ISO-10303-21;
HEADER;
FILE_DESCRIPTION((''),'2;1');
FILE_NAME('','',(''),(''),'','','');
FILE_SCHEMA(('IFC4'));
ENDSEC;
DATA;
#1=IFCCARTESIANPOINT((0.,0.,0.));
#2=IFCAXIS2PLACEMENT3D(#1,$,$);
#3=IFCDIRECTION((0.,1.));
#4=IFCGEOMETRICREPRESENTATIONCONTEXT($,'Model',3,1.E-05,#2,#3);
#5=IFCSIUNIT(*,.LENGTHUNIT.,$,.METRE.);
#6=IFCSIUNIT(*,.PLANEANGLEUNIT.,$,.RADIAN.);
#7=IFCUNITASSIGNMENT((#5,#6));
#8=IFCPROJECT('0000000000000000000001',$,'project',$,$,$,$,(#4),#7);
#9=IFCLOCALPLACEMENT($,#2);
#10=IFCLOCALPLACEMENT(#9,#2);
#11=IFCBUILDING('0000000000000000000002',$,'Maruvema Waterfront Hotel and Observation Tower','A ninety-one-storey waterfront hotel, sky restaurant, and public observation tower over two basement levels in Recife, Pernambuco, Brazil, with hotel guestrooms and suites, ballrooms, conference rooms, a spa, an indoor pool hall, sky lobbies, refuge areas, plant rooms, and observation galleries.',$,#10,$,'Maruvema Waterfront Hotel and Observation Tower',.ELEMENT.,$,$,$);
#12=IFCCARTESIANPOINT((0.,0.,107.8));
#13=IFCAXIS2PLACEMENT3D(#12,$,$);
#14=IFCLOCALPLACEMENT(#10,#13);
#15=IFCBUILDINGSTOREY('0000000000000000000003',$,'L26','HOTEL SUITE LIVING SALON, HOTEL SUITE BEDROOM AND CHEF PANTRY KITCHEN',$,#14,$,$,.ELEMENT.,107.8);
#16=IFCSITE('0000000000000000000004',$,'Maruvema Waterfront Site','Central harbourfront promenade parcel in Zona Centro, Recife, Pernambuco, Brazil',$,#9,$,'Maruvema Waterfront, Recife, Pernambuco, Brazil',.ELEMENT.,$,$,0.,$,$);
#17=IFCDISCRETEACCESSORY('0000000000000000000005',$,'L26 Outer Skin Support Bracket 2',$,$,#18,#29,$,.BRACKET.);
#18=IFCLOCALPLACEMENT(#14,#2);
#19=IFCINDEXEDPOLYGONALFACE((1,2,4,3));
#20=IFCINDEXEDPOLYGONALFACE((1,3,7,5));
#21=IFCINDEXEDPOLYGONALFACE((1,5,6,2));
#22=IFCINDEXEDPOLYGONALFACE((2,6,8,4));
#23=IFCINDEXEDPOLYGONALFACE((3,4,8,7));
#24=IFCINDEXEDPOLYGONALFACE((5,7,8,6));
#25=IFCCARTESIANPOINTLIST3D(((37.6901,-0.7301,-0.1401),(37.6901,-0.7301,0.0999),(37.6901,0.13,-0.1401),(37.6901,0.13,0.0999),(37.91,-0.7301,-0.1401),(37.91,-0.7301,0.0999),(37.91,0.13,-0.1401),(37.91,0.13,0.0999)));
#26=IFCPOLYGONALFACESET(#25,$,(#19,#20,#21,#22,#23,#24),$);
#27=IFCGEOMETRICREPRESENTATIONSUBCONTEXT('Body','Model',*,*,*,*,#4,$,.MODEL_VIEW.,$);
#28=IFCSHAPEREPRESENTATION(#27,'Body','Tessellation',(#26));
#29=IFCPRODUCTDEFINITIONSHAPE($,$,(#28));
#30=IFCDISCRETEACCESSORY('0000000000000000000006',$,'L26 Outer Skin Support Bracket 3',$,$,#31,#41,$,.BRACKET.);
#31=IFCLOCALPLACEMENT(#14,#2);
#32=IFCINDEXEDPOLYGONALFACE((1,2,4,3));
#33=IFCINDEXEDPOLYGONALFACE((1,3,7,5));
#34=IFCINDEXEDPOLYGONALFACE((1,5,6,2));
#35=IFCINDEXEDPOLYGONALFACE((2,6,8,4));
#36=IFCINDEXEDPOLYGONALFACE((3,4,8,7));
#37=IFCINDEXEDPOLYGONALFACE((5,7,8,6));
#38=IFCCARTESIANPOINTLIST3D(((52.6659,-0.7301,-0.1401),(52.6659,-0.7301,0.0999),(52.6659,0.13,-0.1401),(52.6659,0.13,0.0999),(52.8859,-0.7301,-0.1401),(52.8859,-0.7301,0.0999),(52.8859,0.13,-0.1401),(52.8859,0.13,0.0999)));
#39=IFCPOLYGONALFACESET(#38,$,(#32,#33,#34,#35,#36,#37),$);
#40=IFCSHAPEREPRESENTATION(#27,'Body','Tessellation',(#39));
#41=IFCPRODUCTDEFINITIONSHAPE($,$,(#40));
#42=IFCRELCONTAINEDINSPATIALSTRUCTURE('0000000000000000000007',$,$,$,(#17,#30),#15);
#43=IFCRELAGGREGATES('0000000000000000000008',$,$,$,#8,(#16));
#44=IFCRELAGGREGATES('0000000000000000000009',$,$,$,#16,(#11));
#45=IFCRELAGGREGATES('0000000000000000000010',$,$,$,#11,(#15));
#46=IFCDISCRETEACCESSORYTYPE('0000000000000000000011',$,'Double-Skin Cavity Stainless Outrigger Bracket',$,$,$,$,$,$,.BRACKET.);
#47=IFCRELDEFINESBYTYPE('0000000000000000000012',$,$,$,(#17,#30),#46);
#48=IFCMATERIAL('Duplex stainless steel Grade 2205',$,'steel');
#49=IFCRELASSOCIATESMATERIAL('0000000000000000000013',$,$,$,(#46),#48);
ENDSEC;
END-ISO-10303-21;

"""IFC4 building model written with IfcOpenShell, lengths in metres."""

from ifc_helpers import new_model, si_unit, direction, frame, origin, origin_2d, place, context, subcontext, project, spatial, rectangle, extrude, material, type_object, element, save


model = new_model("IFC4")

# Units and contexts
model_context = context("Model", 3, precision=1e-05, world=origin(), true_north=direction((0.0, 1.0)))
body_context = subcontext(model_context, "Body", "Model", "MODEL_VIEW")
ifc_project = project(units=[si_unit("LENGTHUNIT", "METRE"), si_unit("PLANEANGLEUNIT", "RADIAN")], contexts=[model_context])

# Site, building, storey
site_placement = place(None, origin())
site = spatial("IfcSite", under=ifc_project, at=site_placement, Name="Maruvema Waterfront Site", Description="Central harbourfront promenade parcel in Zona Centro, Recife, Pernambuco, Brazil", LongName="Maruvema Waterfront, Recife, Pernambuco, Brazil", CompositionType="ELEMENT", RefElevation=0.0)
building_placement = place(site_placement, origin())
building = spatial("IfcBuilding", under=site, at=building_placement, Name="Maruvema Waterfront Hotel and Observation Tower", Description="A ninety-one-storey waterfront hotel, sky restaurant, and public observation tower over two basement levels in Recife, Pernambuco, Brazil, with hotel guestrooms and suites, ballrooms, conference rooms, a spa, an indoor pool hall, sky lobbies, refuge areas, plant rooms, and observation galleries.", LongName="Maruvema Waterfront Hotel and Observation Tower", CompositionType="ELEMENT")
storey_placement = place(building_placement, frame((0.0, 0.0, 107.8)))
storey = spatial("IfcBuildingStorey", under=building, at=storey_placement, Name="L26", Description="HOTEL SUITE LIVING SALON, HOTEL SUITE BEDROOM AND CHEF PANTRY KITCHEN", CompositionType="ELEMENT", Elevation=107.8)

# Discrete accessories
ifc_material_1 = material(Name="Duplex stainless steel Grade 2205", Category="steel")
discrete_accessory_type = type_object("IfcDiscreteAccessoryType", Name="Double-Skin Cavity Stainless Outrigger Bracket", PredefinedType="BRACKET", material=ifc_material_1)
for number, where, z_axis, x_axis, name in (
    (1, (37.8, -0.3, -0.1401), (0.0, 0.0, 1.0), (1.0, 0.0, 0.0), "L26 Outer Skin Support Bracket 2"),
    (2, (52.7759, -0.3, -0.1401), (0.0, 0.0, 1.0), (1.0, 0.0, 0.0), "L26 Outer Skin Support Bracket 3"),
):
    element("IfcDiscreteAccessory", number, at=place(storey_placement, frame(where, z_axis=z_axis, x_axis=x_axis)), inside=storey, type_object=discrete_accessory_type, Name=name, PredefinedType="BRACKET", context=body_context, shape_type="SweptSolid", body=[
        extrude(rectangle(XDim=0.22, YDim=0.8601, at=origin_2d()), origin(), (0.0, 0.0, 1.0), 0.24),
    ])

save(model, "model.ifc")
